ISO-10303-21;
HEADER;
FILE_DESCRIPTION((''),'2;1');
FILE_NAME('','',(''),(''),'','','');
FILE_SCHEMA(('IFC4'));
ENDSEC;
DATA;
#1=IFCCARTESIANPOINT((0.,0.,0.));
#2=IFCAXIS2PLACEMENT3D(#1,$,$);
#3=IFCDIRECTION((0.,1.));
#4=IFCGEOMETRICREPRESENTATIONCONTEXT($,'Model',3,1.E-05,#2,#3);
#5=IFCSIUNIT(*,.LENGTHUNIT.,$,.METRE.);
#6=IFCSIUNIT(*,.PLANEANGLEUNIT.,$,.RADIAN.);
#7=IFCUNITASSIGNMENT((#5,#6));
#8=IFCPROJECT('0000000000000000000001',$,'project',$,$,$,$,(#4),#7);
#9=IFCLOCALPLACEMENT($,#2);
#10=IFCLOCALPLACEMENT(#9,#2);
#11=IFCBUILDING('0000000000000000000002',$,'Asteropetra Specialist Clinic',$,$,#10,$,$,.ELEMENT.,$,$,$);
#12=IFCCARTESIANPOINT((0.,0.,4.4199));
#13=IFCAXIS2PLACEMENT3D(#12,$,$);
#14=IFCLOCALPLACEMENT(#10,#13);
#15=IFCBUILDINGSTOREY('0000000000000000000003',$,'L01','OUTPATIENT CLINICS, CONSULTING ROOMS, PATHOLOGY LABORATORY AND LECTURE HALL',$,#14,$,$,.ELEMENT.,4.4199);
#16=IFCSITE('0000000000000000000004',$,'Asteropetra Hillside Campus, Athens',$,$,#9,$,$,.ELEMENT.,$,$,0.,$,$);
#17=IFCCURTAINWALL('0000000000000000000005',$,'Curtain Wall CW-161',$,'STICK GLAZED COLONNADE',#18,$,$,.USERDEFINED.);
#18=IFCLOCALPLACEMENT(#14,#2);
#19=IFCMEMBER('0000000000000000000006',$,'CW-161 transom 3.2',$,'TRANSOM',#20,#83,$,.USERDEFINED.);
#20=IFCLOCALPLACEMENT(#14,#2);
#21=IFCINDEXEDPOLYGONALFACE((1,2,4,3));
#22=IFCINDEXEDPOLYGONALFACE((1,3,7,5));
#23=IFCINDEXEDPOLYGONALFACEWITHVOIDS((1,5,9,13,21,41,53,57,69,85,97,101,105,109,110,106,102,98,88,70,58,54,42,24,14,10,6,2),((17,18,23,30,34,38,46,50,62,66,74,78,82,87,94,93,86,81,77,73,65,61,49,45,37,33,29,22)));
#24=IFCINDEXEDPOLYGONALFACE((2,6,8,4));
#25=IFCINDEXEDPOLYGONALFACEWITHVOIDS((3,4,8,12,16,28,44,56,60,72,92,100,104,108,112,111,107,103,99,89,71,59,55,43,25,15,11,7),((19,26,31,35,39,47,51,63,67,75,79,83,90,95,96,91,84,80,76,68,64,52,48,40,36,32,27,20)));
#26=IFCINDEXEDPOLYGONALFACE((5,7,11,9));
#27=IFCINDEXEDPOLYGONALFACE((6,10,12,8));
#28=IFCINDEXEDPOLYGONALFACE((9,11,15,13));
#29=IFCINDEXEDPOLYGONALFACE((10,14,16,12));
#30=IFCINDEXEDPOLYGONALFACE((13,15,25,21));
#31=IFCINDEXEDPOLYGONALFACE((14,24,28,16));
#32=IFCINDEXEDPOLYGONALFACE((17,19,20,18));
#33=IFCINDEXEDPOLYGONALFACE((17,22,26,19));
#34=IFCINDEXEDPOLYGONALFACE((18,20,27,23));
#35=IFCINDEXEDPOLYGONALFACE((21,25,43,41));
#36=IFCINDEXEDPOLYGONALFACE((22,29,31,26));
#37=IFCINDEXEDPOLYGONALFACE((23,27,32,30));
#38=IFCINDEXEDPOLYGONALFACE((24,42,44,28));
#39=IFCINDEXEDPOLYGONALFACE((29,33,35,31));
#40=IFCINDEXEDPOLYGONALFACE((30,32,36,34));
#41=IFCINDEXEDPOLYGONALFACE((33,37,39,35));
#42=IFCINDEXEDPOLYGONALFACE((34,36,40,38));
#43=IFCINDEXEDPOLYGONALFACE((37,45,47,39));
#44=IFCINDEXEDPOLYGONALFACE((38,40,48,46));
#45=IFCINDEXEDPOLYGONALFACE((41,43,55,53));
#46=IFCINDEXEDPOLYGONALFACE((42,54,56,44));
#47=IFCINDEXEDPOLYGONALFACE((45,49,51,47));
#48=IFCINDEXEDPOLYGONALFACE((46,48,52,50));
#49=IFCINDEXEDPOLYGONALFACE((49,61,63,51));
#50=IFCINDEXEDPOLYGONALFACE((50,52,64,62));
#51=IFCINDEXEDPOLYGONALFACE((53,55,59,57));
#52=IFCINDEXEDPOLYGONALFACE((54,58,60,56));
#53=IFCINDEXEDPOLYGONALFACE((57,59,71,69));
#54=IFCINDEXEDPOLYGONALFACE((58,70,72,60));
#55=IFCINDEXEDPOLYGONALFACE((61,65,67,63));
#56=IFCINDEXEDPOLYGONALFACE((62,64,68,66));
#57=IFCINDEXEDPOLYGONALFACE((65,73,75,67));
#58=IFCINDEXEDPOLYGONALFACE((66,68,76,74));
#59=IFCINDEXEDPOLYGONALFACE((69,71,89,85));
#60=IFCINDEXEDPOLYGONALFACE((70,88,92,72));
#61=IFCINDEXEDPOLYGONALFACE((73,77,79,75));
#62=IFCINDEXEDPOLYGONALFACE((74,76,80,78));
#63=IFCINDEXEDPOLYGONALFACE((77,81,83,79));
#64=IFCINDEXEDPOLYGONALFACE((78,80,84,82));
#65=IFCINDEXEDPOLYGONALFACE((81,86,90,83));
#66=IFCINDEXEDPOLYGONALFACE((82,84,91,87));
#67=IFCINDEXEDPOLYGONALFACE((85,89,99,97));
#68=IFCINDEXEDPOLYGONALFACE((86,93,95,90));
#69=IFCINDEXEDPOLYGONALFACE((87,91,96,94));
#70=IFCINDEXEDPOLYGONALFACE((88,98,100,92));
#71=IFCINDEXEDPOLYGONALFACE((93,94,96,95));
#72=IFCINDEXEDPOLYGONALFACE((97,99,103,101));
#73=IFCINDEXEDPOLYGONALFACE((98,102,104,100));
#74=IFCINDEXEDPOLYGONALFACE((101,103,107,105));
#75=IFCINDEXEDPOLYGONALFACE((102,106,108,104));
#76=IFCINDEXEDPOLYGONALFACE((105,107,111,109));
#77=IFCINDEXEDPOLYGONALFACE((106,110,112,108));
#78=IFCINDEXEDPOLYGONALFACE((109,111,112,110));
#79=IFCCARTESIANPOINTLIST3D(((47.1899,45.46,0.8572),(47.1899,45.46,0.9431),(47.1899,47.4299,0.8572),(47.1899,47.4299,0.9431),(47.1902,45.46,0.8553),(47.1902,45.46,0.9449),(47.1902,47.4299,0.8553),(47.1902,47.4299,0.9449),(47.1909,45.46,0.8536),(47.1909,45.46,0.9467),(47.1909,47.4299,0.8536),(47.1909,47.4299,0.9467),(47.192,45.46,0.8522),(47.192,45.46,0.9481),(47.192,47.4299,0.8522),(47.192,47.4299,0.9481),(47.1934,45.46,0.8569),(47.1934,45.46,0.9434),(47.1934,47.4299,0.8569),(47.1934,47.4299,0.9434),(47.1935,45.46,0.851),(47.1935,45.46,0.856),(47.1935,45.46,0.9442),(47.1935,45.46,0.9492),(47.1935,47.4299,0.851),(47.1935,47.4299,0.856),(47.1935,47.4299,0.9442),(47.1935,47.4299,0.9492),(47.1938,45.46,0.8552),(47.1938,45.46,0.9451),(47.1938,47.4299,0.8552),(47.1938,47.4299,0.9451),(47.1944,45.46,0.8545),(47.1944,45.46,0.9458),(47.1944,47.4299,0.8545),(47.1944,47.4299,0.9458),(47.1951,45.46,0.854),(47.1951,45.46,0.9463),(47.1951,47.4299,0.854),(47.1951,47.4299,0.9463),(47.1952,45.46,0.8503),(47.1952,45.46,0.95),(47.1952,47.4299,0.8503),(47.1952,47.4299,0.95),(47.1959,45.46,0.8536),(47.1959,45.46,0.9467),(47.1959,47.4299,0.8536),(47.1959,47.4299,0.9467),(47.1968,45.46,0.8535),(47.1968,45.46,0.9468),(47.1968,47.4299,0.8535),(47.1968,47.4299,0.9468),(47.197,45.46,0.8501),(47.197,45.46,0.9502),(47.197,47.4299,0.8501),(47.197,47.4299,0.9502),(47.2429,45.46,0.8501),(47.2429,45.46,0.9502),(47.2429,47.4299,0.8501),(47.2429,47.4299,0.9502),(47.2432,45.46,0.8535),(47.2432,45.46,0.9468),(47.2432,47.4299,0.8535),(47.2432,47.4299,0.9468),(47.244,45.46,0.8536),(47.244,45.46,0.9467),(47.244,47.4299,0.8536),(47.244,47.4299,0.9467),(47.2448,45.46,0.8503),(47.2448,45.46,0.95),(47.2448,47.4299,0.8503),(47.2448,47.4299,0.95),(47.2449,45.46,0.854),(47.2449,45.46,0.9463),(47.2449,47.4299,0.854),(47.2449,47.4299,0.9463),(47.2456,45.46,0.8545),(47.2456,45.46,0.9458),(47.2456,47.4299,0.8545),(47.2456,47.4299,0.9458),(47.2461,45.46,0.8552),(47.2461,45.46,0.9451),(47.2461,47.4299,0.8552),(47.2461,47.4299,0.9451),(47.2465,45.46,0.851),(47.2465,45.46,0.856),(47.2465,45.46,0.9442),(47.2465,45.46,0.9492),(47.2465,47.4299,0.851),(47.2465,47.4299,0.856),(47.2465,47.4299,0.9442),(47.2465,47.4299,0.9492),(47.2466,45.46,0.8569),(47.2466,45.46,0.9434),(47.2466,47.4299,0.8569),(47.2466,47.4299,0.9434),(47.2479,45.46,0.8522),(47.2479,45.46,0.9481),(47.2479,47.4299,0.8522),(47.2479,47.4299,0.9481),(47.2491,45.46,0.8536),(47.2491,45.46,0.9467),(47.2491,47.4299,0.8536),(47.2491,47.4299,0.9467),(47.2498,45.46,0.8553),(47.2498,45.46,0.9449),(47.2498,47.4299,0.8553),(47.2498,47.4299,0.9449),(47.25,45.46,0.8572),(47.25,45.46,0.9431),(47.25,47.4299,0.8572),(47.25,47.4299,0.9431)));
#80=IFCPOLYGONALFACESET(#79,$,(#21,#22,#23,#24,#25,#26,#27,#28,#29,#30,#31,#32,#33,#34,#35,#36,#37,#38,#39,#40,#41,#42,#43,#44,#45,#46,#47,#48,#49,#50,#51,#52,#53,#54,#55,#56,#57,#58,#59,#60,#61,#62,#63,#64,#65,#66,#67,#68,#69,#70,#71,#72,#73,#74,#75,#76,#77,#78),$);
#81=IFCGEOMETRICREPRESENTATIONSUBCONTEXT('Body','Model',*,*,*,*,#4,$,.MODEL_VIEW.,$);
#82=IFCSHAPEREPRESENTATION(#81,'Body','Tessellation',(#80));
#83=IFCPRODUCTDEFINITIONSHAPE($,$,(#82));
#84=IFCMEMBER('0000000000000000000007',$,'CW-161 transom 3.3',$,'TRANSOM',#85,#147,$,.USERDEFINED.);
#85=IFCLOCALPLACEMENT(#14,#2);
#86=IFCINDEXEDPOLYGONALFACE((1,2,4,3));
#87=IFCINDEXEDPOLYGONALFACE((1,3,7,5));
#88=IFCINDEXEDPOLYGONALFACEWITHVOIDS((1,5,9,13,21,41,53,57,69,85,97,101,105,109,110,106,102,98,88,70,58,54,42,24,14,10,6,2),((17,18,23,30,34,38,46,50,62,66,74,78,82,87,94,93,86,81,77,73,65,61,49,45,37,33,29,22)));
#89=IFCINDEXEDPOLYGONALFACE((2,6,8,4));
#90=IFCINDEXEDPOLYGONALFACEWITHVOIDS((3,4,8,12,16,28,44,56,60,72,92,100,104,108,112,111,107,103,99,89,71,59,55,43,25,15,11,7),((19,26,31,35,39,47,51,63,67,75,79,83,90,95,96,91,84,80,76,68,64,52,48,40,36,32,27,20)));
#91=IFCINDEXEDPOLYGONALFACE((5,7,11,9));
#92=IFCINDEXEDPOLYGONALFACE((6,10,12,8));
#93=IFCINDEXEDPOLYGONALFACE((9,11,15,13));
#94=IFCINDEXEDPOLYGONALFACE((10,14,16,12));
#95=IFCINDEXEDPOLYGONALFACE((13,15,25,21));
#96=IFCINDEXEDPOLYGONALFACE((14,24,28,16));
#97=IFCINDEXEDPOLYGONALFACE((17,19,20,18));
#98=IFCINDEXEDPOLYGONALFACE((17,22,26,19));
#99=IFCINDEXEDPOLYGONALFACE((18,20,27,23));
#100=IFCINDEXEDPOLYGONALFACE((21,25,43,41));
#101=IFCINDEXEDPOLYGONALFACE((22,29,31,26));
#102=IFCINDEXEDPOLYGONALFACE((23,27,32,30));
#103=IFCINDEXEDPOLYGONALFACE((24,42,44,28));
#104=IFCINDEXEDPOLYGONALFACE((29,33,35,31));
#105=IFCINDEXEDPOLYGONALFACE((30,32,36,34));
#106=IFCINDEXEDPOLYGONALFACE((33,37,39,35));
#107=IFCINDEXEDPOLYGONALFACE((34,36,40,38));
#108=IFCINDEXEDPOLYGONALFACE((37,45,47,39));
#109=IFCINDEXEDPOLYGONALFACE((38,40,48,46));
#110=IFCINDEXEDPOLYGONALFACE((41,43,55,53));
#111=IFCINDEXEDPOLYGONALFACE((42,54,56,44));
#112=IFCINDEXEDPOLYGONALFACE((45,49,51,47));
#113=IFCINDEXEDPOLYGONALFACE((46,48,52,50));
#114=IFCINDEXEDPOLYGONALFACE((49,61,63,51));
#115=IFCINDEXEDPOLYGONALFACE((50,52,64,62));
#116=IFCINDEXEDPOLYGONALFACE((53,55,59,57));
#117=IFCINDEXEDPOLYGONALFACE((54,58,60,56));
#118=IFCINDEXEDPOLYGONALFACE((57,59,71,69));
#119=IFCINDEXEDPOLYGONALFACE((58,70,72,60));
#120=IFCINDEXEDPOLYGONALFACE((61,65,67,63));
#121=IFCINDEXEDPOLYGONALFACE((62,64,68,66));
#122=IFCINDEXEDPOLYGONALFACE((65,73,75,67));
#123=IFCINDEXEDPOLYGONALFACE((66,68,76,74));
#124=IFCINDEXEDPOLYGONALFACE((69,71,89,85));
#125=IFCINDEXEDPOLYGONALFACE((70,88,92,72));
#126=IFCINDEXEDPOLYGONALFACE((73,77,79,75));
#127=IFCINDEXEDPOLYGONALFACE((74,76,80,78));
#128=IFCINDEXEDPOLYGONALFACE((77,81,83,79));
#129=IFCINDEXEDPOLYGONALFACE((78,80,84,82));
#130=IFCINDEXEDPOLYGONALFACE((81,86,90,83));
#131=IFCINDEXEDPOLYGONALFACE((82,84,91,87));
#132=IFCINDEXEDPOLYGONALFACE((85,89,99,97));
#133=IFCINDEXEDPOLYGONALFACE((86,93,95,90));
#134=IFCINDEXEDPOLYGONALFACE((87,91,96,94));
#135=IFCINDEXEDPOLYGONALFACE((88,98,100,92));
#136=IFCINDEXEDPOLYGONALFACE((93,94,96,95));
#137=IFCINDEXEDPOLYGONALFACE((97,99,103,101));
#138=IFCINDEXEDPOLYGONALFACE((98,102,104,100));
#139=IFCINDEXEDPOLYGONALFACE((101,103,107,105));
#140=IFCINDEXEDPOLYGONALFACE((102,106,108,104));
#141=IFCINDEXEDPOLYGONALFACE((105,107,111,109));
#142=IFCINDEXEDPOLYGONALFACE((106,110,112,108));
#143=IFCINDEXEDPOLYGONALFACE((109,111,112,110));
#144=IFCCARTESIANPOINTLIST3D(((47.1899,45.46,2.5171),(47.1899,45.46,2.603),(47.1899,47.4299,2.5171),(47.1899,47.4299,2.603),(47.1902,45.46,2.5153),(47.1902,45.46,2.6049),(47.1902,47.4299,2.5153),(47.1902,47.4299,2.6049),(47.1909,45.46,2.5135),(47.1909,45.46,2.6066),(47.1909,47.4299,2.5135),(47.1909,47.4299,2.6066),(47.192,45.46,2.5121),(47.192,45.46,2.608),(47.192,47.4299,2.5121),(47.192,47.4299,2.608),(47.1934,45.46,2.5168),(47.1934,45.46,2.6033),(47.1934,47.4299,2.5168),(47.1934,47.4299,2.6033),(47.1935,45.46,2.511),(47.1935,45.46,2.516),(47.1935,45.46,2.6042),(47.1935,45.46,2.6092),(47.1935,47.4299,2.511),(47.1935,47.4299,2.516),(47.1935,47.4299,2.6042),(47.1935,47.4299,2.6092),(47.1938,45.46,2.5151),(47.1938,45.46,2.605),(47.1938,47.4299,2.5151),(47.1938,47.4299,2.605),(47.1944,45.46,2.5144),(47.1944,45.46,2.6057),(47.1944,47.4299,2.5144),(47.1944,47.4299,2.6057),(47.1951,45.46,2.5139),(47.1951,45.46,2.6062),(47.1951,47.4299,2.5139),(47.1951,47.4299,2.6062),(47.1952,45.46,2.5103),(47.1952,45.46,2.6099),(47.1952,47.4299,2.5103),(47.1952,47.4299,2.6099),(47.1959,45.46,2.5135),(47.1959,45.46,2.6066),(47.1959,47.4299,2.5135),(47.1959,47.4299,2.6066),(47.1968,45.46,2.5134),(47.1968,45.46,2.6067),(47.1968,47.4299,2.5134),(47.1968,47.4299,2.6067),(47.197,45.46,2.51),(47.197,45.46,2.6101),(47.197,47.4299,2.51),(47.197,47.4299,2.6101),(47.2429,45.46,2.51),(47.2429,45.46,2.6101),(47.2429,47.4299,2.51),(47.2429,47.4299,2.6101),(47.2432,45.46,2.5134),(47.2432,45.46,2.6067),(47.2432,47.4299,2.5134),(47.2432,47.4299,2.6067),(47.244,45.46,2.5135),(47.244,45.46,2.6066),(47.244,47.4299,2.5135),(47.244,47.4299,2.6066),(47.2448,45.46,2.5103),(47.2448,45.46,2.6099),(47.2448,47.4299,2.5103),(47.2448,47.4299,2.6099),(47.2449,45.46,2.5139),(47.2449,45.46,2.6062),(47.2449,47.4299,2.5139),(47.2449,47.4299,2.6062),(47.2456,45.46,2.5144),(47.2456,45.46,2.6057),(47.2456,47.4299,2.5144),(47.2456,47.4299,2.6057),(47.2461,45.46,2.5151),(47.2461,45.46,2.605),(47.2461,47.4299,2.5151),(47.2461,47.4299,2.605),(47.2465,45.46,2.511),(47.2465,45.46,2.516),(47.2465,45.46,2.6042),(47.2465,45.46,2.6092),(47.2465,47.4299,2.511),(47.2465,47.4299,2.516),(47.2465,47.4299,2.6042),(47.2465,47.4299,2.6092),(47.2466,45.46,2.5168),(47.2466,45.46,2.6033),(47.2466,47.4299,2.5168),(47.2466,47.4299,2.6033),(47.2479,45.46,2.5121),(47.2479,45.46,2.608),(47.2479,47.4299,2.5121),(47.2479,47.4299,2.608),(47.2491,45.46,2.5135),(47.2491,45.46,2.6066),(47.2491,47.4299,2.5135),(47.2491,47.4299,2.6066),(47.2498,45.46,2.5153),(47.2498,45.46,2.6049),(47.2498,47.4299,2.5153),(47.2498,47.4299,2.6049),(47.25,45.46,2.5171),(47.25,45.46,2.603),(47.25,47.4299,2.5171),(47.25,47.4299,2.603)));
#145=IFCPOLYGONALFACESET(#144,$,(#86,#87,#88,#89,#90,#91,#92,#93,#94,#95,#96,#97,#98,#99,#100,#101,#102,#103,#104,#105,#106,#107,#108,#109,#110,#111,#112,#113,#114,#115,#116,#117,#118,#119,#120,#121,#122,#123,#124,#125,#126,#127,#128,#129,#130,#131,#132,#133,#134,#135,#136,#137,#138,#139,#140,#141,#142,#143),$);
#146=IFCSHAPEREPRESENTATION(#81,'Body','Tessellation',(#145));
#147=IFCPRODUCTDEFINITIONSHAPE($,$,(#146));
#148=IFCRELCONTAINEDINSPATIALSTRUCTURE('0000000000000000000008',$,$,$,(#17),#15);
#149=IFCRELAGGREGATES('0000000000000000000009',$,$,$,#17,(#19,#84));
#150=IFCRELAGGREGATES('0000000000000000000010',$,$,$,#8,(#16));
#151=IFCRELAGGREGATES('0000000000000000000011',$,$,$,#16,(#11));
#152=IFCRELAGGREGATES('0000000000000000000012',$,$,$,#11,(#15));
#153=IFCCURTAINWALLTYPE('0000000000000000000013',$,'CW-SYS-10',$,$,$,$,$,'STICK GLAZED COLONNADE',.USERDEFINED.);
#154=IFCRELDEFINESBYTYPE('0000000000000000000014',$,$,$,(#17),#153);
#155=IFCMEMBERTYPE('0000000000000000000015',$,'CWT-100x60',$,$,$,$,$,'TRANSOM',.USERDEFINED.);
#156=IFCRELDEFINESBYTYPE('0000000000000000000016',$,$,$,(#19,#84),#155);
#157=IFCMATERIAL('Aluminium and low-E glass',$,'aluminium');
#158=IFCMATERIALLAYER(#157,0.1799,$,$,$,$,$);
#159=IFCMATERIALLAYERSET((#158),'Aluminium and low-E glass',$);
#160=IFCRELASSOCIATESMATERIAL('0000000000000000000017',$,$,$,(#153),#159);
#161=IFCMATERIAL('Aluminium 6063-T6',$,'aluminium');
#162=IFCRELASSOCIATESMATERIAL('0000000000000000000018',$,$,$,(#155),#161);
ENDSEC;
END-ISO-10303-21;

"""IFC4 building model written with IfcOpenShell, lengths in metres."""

from ifc_helpers import new_model, si_unit, direction, frame, origin, origin_2d, place, context, subcontext, project, spatial, hollow_rectangle, extrude, material, layer, layer_set, material_profile, profile_set, type_object, element, aggregate, save


model = new_model("IFC4")

# Units and contexts
model_context = context("Model", 3, precision=1e-05, world=origin(), true_north=direction((0.0, 1.0)))
body_context = subcontext(model_context, "Body", "Model", "MODEL_VIEW")
ifc_project = project(units=[si_unit("LENGTHUNIT", "METRE"), si_unit("PLANEANGLEUNIT", "RADIAN")], contexts=[model_context])

# Site, building, storey
site_placement = place(None, origin())
site = spatial("IfcSite", under=ifc_project, at=site_placement, Name="Asteropetra Hillside Campus, Athens", CompositionType="ELEMENT", RefElevation=0.0)
building_placement = place(site_placement, origin())
building = spatial("IfcBuilding", under=site, at=building_placement, Name="Asteropetra Specialist Clinic", CompositionType="ELEMENT")
storey_placement = place(building_placement, frame((0.0, 0.0, 4.4199)))
storey = spatial("IfcBuildingStorey", under=building, at=storey_placement, Name="L01", Description="OUTPATIENT CLINICS, CONSULTING ROOMS, PATHOLOGY LABORATORY AND LECTURE HALL", CompositionType="ELEMENT", Elevation=4.4199)

# Curtain wall
ifc_material_1 = material(Name="Aluminium and low-E glass", Category="aluminium")
ifc_layer_1 = layer(ifc_material_1, 0.1799)
ifc_layer_set_1 = layer_set([ifc_layer_1], Name="Aluminium and low-E glass")
curtain_wall_type = type_object("IfcCurtainWallType", Name="CW-SYS-10", ElementType="STICK GLAZED COLONNADE", PredefinedType="USERDEFINED", material=ifc_layer_set_1)
curtain_wall_1_placement = place(storey_placement, origin())
curtain_wall_1 = element("IfcCurtainWall", 1, at=curtain_wall_1_placement, inside=storey, type_object=curtain_wall_type, Name="Curtain Wall CW-161", ObjectType="STICK GLAZED COLONNADE", PredefinedType="USERDEFINED")

# Members
ifc_material_2 = material(Name="Aluminium 6063-T6", Category="aluminium")
ifc_material_profile_1 = material_profile(ifc_material_2, hollow_rectangle(XDim=0.0601, YDim=0.1001, WallThickness=0.0034, InnerFilletRadius=0.0034, OuterFilletRadius=0.0071, at=origin_2d()), Name="TRN 100x60x3.5")
ifc_profile_set_1 = profile_set([ifc_material_profile_1], Name="Aluminium 6063-T6")
member_type_1 = type_object("IfcMemberType", Name="CWT-100x60", ElementType="TRANSOM", PredefinedType="USERDEFINED", material=ifc_profile_set_1)
member_1_placement = place(storey_placement, frame((47.22, 45.46, 0.9001), z_axis=(0.0, 1.0, 0.0), x_axis=(-1.0, 0.0, 0.0)))
member_1 = element("IfcMember", 2, at=member_1_placement, type_object=member_type_1, Name="CW-161 transom 3.2", ObjectType="TRANSOM", PredefinedType="USERDEFINED", context=body_context, shape_type="SweptSolid", body=[
    extrude(hollow_rectangle(XDim=0.0601, YDim=0.1001, WallThickness=0.0034, InnerFilletRadius=0.0034, OuterFilletRadius=0.0071, at=origin_2d()), origin(), (0.0, 0.0, 1.0), 1.97),
])
member_2_placement = place(storey_placement, frame((47.22, 45.46, 2.5601), z_axis=(0.0, 1.0, 0.0), x_axis=(-1.0, 0.0, 0.0)))
member_2 = element("IfcMember", 3, at=member_2_placement, type_object=member_type_1, Name="CW-161 transom 3.3", ObjectType="TRANSOM", PredefinedType="USERDEFINED", context=body_context, shape_type="SweptSolid", body=[
    extrude(hollow_rectangle(XDim=0.0601, YDim=0.1001, WallThickness=0.0034, InnerFilletRadius=0.0034, OuterFilletRadius=0.0071, at=origin_2d()), origin(), (0.0, 0.0, 1.0), 1.97),
])

aggregate(curtain_wall_1, [member_1, member_2])

save(model, "model.ifc")
